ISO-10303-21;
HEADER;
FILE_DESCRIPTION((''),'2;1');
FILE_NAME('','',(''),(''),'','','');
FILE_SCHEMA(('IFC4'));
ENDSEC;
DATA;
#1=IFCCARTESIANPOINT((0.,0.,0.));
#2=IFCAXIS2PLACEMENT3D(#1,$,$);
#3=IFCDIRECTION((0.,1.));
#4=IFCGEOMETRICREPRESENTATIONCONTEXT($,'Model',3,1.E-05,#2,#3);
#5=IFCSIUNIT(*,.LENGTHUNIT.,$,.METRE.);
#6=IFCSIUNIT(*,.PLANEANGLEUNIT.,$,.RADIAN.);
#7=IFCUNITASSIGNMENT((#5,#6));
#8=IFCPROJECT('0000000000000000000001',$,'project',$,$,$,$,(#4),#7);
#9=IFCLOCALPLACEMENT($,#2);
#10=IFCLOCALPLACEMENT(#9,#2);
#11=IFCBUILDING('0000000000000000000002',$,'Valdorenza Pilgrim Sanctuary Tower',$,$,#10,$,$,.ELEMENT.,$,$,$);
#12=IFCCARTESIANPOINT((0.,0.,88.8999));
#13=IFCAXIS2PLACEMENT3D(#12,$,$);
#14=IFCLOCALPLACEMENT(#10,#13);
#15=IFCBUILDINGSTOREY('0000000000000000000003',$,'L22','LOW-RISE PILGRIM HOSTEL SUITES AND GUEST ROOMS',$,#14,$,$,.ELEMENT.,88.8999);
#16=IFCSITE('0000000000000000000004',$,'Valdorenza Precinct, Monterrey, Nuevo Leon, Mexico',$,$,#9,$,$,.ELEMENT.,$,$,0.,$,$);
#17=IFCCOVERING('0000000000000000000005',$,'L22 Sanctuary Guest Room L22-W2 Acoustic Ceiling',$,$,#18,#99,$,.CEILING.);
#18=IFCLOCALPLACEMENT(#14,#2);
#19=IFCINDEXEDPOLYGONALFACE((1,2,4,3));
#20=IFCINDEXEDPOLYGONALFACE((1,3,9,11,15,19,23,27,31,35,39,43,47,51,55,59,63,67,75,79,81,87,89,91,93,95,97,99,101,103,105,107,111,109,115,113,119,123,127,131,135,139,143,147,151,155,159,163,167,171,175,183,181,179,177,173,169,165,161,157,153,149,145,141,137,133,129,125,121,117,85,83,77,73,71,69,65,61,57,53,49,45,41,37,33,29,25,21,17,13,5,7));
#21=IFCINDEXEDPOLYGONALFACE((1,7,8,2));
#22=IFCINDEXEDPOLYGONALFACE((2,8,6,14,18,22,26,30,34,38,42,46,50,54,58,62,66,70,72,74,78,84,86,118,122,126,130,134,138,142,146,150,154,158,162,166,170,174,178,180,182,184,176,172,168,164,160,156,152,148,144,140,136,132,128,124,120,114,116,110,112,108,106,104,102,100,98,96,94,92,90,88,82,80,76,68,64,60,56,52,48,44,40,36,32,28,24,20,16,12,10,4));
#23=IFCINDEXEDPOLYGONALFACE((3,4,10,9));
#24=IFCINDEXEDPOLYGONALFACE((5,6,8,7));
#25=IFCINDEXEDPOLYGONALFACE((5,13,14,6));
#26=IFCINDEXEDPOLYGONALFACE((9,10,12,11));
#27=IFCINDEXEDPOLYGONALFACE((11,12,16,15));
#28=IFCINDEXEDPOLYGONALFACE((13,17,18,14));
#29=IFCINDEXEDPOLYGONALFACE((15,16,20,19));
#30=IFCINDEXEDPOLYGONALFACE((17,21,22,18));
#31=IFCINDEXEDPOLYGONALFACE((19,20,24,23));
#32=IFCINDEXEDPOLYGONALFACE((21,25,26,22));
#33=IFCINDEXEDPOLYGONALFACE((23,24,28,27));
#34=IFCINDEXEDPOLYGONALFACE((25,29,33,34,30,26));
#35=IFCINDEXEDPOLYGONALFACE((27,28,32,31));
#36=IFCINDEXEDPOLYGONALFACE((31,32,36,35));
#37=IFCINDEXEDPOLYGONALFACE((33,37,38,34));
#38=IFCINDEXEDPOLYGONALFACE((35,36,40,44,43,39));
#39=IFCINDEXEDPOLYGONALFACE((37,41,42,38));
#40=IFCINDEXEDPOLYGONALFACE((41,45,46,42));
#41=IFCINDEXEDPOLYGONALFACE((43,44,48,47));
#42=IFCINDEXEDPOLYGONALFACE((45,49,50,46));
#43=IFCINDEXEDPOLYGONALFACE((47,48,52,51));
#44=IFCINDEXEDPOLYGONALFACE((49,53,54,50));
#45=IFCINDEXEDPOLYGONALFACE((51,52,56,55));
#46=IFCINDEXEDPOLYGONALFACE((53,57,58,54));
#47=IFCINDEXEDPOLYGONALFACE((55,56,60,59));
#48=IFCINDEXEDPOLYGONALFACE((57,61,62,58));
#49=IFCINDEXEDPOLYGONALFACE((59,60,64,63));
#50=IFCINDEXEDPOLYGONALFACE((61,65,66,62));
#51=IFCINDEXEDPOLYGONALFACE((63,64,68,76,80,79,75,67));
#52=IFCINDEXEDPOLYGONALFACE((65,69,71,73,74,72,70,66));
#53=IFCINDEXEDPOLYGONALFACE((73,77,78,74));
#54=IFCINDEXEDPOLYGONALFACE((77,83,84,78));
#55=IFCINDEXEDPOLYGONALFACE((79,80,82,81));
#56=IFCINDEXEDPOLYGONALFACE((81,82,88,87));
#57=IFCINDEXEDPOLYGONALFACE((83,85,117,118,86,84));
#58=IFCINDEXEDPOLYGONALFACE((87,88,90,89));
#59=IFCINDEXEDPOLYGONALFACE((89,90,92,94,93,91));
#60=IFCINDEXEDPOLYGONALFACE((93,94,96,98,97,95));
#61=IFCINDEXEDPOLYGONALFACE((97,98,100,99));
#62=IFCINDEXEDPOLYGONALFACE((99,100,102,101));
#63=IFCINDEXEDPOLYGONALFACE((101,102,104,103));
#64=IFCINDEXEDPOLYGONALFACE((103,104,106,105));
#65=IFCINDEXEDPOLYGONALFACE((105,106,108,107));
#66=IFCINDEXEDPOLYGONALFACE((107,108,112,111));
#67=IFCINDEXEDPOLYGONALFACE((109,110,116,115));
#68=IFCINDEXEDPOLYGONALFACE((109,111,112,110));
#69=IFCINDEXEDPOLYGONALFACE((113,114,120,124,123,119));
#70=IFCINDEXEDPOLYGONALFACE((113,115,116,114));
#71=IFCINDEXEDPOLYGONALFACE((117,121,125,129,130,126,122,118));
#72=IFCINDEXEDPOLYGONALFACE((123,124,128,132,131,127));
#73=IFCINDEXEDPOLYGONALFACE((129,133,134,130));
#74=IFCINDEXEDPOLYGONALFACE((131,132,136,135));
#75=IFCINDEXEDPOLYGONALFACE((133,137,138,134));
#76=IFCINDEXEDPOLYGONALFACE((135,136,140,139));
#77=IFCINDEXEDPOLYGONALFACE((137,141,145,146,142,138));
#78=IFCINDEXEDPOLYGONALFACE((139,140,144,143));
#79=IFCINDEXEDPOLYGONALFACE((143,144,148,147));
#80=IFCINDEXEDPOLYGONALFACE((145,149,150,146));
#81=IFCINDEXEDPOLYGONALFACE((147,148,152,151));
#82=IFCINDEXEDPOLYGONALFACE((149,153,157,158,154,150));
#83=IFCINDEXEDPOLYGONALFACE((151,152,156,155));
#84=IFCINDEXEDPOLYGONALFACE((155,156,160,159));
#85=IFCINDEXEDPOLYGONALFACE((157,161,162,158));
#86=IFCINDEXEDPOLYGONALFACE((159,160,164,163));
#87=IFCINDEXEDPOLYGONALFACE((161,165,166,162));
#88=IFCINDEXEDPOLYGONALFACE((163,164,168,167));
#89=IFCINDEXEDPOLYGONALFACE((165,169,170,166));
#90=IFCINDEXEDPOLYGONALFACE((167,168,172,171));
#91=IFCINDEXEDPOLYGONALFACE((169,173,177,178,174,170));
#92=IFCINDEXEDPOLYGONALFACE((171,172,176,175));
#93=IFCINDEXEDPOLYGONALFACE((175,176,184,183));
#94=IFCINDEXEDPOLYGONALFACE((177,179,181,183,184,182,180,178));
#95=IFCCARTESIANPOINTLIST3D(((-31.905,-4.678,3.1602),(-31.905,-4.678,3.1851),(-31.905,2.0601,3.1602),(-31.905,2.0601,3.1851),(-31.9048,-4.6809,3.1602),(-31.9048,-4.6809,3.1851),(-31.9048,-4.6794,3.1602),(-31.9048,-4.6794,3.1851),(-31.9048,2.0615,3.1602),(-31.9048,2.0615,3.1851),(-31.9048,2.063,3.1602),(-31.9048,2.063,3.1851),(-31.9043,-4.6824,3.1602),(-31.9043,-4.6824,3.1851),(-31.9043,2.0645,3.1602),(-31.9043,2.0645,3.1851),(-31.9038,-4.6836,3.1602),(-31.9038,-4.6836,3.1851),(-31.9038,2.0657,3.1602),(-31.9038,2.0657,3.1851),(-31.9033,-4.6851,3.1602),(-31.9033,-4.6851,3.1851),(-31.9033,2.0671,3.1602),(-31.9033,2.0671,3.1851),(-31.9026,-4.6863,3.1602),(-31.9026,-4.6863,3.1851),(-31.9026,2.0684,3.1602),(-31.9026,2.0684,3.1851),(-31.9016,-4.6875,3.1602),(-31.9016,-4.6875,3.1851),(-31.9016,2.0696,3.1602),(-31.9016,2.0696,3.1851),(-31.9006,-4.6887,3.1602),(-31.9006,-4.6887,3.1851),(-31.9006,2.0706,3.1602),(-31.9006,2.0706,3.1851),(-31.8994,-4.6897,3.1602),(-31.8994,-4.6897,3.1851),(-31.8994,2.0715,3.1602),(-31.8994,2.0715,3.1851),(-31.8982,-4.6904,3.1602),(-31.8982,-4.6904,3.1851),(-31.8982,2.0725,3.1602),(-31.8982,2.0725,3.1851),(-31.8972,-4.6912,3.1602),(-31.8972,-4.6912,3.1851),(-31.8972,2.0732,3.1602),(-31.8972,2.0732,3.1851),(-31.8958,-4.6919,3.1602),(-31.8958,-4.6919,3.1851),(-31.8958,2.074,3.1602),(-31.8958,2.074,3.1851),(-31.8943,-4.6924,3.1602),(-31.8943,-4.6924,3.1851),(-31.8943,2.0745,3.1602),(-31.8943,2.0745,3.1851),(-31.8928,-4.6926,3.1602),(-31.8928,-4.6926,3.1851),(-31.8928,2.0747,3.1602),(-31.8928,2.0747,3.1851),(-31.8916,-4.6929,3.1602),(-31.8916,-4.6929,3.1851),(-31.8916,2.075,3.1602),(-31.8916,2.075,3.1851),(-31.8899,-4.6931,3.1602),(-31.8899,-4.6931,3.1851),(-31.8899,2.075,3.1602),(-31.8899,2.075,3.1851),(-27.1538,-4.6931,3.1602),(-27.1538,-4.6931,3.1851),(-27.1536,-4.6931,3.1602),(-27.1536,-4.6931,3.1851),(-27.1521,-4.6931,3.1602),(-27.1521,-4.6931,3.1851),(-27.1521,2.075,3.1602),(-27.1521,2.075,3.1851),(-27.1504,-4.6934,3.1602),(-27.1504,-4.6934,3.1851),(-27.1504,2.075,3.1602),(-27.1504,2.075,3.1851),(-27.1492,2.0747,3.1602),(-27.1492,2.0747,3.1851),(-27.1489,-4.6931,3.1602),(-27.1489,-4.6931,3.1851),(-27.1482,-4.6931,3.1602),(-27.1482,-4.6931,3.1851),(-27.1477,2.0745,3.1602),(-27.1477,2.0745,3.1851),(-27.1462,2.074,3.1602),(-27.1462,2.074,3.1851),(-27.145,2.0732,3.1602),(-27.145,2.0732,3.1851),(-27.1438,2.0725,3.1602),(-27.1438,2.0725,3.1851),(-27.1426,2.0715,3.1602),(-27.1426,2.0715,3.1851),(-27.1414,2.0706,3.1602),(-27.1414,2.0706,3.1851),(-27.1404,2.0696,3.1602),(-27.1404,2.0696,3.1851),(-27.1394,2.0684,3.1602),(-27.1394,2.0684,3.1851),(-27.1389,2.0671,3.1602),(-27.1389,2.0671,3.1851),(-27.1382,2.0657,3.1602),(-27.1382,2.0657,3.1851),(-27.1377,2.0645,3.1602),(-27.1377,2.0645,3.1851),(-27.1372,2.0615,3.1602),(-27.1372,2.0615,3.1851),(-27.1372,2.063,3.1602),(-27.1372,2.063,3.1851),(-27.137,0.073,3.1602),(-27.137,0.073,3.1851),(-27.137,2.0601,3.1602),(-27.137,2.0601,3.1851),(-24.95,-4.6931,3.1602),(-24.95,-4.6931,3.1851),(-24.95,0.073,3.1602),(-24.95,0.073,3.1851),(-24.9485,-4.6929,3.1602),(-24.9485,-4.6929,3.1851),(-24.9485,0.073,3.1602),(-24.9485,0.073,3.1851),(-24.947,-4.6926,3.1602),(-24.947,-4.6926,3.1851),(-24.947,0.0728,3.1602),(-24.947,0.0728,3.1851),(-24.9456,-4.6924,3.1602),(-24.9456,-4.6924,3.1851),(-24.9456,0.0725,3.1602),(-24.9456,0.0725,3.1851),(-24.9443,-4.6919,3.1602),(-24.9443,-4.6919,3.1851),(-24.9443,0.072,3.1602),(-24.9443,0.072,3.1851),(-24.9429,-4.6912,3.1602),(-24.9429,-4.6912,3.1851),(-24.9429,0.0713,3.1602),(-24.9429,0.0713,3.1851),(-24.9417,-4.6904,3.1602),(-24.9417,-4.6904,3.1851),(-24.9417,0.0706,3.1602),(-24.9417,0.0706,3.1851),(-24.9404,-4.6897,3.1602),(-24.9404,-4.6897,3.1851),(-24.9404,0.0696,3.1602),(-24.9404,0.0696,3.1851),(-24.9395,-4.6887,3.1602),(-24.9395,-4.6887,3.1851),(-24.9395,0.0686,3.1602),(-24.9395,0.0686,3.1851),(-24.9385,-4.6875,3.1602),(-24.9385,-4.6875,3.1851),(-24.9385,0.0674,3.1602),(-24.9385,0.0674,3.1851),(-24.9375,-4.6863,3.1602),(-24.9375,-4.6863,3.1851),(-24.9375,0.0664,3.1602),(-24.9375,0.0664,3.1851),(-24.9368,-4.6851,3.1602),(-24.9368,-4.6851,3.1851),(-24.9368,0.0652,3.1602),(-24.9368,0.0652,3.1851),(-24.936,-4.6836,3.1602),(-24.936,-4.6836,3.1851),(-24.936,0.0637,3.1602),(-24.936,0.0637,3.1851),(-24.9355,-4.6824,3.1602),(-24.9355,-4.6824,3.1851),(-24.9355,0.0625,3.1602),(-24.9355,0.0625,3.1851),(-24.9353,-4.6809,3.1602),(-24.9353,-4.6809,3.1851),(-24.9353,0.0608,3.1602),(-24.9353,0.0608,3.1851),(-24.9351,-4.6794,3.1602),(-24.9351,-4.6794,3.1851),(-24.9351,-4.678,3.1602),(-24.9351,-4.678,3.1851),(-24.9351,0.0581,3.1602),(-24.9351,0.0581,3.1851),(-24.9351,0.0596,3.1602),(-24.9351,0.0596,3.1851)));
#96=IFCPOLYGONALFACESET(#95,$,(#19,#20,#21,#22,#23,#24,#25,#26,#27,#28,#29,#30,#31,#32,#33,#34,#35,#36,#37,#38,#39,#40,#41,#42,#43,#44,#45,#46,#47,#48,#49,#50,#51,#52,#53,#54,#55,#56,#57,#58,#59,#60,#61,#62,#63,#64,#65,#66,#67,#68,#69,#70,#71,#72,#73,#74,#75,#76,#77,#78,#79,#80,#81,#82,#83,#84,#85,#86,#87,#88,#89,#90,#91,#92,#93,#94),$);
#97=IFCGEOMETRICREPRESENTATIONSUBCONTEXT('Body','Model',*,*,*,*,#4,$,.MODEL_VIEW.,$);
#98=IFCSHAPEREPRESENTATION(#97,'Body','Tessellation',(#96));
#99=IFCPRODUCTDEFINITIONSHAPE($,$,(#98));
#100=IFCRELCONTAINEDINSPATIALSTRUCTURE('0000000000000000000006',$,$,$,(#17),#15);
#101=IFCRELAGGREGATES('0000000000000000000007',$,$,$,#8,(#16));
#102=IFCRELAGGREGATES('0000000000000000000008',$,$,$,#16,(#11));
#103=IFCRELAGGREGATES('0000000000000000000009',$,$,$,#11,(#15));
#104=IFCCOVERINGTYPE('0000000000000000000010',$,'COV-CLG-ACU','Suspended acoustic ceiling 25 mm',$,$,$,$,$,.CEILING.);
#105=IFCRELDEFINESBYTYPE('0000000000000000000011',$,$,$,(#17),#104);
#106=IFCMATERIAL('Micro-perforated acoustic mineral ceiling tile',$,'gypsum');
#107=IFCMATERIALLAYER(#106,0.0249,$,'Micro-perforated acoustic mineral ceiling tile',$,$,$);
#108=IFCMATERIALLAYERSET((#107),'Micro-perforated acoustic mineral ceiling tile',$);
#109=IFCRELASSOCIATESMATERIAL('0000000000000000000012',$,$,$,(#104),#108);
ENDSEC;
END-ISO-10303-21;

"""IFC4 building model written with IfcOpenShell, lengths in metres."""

from ifc_helpers import new_model, si_unit, direction, frame, origin, place, context, subcontext, project, spatial, polyline, outline, extrude, material, layer, layer_set, type_object, element, save


model = new_model("IFC4")

# Units and contexts
model_context = context("Model", 3, precision=1e-05, world=origin(), true_north=direction((0.0, 1.0)))
body_context = subcontext(model_context, "Body", "Model", "MODEL_VIEW")
ifc_project = project(units=[si_unit("LENGTHUNIT", "METRE"), si_unit("PLANEANGLEUNIT", "RADIAN")], contexts=[model_context])

# Site, building, storey
site_placement = place(None, origin())
site = spatial("IfcSite", under=ifc_project, at=site_placement, Name="Valdorenza Precinct, Monterrey, Nuevo Leon, Mexico", CompositionType="ELEMENT", RefElevation=0.0)
building_placement = place(site_placement, origin())
building = spatial("IfcBuilding", under=site, at=building_placement, Name="Valdorenza Pilgrim Sanctuary Tower", CompositionType="ELEMENT")
storey_placement = place(building_placement, frame((0.0, 0.0, 88.8999)))
storey = spatial("IfcBuildingStorey", under=building, at=storey_placement, Name="L22", Description="LOW-RISE PILGRIM HOSTEL SUITES AND GUEST ROOMS", CompositionType="ELEMENT", Elevation=88.8999)

# Covering
ifc_material_1 = material(Name="Micro-perforated acoustic mineral ceiling tile", Category="gypsum")
ifc_layer_1 = layer(ifc_material_1, 0.0249, Name="Micro-perforated acoustic mineral ceiling tile")
ifc_layer_set_1 = layer_set([ifc_layer_1], Name="Micro-perforated acoustic mineral ceiling tile")
covering_type_1 = type_object("IfcCoveringType", Name="COV-CLG-ACU", Description="Suspended acoustic ceiling 25 mm", PredefinedType="CEILING", material=ifc_layer_set_1)
covering_1_placement = place(storey_placement, frame((0.0, 0.0, 3.1602)))
element("IfcCovering", 1, at=covering_1_placement, inside=storey, type_object=covering_type_1, Name="L22 Sanctuary Guest Room L22-W2 Acoustic Ceiling", PredefinedType="CEILING", context=body_context, shape_type="SweptSolid", body=[
    extrude(outline(polyline([(-31.905, 2.0601), (-31.9048, 2.0615), (-31.9048, 2.063), (-31.9043, 2.0645), (-31.9038, 2.0657), (-31.9033, 2.0671), (-31.9026, 2.0684), (-31.9016, 2.0696), (-31.9006, 2.0706), (-31.8994, 2.0715), (-31.8982, 2.0725), (-31.8972, 2.0732), (-31.8958, 2.074), (-31.8943, 2.0745), (-31.8928, 2.0747), (-31.8916, 2.075), (-31.8899, 2.075), (-27.1521, 2.075), (-27.1504, 2.075), (-27.1492, 2.0747), (-27.1477, 2.0745), (-27.1462, 2.074), (-27.145, 2.0732), (-27.1438, 2.0725), (-27.1426, 2.0715), (-27.1414, 2.0706), (-27.1404, 2.0696), (-27.1394, 2.0684), (-27.1389, 2.0671), (-27.1382, 2.0657), (-27.1377, 2.0645), (-27.1372, 2.063), (-27.1372, 2.0615), (-27.137, 2.0601), (-27.137, 0.073), (-24.95, 0.073), (-24.9485, 0.073), (-24.947, 0.0728), (-24.9456, 0.0725), (-24.9443, 0.072), (-24.9429, 0.0713), (-24.9417, 0.0706), (-24.9404, 0.0696), (-24.9395, 0.0686), (-24.9385, 0.0674), (-24.9375, 0.0664), (-24.9368, 0.0652), (-24.936, 0.0637), (-24.9355, 0.0625), (-24.9353, 0.0608), (-24.9351, 0.0596), (-24.9351, 0.0581), (-24.9351, -4.678), (-24.9351, -4.6794), (-24.9353, -4.6809), (-24.9355, -4.6824), (-24.936, -4.6836), (-24.9368, -4.6851), (-24.9375, -4.6863), (-24.9385, -4.6875), (-24.9395, -4.6887), (-24.9404, -4.6897), (-24.9417, -4.6904), (-24.9429, -4.6912), (-24.9443, -4.6919), (-24.9456, -4.6924), (-24.947, -4.6926), (-24.9485, -4.6929), (-24.95, -4.6931), (-27.1482, -4.6931), (-27.1489, -4.6931), (-27.1504, -4.6934), (-27.1521, -4.6931), (-27.1536, -4.6931), (-27.1538, -4.6931), (-31.8899, -4.6931), (-31.8916, -4.6929), (-31.8928, -4.6926), (-31.8943, -4.6924), (-31.8958, -4.6919), (-31.8972, -4.6912), (-31.8982, -4.6904), (-31.8994, -4.6897), (-31.9006, -4.6887), (-31.9016, -4.6875), (-31.9026, -4.6863), (-31.9033, -4.6851), (-31.9038, -4.6836), (-31.9043, -4.6824), (-31.9048, -4.6809), (-31.9048, -4.6794), (-31.905, -4.678), (-31.905, 2.0601)])), origin(), (0.0, 0.0, 1.0), 0.0249),
])

save(model, "model.ifc")
